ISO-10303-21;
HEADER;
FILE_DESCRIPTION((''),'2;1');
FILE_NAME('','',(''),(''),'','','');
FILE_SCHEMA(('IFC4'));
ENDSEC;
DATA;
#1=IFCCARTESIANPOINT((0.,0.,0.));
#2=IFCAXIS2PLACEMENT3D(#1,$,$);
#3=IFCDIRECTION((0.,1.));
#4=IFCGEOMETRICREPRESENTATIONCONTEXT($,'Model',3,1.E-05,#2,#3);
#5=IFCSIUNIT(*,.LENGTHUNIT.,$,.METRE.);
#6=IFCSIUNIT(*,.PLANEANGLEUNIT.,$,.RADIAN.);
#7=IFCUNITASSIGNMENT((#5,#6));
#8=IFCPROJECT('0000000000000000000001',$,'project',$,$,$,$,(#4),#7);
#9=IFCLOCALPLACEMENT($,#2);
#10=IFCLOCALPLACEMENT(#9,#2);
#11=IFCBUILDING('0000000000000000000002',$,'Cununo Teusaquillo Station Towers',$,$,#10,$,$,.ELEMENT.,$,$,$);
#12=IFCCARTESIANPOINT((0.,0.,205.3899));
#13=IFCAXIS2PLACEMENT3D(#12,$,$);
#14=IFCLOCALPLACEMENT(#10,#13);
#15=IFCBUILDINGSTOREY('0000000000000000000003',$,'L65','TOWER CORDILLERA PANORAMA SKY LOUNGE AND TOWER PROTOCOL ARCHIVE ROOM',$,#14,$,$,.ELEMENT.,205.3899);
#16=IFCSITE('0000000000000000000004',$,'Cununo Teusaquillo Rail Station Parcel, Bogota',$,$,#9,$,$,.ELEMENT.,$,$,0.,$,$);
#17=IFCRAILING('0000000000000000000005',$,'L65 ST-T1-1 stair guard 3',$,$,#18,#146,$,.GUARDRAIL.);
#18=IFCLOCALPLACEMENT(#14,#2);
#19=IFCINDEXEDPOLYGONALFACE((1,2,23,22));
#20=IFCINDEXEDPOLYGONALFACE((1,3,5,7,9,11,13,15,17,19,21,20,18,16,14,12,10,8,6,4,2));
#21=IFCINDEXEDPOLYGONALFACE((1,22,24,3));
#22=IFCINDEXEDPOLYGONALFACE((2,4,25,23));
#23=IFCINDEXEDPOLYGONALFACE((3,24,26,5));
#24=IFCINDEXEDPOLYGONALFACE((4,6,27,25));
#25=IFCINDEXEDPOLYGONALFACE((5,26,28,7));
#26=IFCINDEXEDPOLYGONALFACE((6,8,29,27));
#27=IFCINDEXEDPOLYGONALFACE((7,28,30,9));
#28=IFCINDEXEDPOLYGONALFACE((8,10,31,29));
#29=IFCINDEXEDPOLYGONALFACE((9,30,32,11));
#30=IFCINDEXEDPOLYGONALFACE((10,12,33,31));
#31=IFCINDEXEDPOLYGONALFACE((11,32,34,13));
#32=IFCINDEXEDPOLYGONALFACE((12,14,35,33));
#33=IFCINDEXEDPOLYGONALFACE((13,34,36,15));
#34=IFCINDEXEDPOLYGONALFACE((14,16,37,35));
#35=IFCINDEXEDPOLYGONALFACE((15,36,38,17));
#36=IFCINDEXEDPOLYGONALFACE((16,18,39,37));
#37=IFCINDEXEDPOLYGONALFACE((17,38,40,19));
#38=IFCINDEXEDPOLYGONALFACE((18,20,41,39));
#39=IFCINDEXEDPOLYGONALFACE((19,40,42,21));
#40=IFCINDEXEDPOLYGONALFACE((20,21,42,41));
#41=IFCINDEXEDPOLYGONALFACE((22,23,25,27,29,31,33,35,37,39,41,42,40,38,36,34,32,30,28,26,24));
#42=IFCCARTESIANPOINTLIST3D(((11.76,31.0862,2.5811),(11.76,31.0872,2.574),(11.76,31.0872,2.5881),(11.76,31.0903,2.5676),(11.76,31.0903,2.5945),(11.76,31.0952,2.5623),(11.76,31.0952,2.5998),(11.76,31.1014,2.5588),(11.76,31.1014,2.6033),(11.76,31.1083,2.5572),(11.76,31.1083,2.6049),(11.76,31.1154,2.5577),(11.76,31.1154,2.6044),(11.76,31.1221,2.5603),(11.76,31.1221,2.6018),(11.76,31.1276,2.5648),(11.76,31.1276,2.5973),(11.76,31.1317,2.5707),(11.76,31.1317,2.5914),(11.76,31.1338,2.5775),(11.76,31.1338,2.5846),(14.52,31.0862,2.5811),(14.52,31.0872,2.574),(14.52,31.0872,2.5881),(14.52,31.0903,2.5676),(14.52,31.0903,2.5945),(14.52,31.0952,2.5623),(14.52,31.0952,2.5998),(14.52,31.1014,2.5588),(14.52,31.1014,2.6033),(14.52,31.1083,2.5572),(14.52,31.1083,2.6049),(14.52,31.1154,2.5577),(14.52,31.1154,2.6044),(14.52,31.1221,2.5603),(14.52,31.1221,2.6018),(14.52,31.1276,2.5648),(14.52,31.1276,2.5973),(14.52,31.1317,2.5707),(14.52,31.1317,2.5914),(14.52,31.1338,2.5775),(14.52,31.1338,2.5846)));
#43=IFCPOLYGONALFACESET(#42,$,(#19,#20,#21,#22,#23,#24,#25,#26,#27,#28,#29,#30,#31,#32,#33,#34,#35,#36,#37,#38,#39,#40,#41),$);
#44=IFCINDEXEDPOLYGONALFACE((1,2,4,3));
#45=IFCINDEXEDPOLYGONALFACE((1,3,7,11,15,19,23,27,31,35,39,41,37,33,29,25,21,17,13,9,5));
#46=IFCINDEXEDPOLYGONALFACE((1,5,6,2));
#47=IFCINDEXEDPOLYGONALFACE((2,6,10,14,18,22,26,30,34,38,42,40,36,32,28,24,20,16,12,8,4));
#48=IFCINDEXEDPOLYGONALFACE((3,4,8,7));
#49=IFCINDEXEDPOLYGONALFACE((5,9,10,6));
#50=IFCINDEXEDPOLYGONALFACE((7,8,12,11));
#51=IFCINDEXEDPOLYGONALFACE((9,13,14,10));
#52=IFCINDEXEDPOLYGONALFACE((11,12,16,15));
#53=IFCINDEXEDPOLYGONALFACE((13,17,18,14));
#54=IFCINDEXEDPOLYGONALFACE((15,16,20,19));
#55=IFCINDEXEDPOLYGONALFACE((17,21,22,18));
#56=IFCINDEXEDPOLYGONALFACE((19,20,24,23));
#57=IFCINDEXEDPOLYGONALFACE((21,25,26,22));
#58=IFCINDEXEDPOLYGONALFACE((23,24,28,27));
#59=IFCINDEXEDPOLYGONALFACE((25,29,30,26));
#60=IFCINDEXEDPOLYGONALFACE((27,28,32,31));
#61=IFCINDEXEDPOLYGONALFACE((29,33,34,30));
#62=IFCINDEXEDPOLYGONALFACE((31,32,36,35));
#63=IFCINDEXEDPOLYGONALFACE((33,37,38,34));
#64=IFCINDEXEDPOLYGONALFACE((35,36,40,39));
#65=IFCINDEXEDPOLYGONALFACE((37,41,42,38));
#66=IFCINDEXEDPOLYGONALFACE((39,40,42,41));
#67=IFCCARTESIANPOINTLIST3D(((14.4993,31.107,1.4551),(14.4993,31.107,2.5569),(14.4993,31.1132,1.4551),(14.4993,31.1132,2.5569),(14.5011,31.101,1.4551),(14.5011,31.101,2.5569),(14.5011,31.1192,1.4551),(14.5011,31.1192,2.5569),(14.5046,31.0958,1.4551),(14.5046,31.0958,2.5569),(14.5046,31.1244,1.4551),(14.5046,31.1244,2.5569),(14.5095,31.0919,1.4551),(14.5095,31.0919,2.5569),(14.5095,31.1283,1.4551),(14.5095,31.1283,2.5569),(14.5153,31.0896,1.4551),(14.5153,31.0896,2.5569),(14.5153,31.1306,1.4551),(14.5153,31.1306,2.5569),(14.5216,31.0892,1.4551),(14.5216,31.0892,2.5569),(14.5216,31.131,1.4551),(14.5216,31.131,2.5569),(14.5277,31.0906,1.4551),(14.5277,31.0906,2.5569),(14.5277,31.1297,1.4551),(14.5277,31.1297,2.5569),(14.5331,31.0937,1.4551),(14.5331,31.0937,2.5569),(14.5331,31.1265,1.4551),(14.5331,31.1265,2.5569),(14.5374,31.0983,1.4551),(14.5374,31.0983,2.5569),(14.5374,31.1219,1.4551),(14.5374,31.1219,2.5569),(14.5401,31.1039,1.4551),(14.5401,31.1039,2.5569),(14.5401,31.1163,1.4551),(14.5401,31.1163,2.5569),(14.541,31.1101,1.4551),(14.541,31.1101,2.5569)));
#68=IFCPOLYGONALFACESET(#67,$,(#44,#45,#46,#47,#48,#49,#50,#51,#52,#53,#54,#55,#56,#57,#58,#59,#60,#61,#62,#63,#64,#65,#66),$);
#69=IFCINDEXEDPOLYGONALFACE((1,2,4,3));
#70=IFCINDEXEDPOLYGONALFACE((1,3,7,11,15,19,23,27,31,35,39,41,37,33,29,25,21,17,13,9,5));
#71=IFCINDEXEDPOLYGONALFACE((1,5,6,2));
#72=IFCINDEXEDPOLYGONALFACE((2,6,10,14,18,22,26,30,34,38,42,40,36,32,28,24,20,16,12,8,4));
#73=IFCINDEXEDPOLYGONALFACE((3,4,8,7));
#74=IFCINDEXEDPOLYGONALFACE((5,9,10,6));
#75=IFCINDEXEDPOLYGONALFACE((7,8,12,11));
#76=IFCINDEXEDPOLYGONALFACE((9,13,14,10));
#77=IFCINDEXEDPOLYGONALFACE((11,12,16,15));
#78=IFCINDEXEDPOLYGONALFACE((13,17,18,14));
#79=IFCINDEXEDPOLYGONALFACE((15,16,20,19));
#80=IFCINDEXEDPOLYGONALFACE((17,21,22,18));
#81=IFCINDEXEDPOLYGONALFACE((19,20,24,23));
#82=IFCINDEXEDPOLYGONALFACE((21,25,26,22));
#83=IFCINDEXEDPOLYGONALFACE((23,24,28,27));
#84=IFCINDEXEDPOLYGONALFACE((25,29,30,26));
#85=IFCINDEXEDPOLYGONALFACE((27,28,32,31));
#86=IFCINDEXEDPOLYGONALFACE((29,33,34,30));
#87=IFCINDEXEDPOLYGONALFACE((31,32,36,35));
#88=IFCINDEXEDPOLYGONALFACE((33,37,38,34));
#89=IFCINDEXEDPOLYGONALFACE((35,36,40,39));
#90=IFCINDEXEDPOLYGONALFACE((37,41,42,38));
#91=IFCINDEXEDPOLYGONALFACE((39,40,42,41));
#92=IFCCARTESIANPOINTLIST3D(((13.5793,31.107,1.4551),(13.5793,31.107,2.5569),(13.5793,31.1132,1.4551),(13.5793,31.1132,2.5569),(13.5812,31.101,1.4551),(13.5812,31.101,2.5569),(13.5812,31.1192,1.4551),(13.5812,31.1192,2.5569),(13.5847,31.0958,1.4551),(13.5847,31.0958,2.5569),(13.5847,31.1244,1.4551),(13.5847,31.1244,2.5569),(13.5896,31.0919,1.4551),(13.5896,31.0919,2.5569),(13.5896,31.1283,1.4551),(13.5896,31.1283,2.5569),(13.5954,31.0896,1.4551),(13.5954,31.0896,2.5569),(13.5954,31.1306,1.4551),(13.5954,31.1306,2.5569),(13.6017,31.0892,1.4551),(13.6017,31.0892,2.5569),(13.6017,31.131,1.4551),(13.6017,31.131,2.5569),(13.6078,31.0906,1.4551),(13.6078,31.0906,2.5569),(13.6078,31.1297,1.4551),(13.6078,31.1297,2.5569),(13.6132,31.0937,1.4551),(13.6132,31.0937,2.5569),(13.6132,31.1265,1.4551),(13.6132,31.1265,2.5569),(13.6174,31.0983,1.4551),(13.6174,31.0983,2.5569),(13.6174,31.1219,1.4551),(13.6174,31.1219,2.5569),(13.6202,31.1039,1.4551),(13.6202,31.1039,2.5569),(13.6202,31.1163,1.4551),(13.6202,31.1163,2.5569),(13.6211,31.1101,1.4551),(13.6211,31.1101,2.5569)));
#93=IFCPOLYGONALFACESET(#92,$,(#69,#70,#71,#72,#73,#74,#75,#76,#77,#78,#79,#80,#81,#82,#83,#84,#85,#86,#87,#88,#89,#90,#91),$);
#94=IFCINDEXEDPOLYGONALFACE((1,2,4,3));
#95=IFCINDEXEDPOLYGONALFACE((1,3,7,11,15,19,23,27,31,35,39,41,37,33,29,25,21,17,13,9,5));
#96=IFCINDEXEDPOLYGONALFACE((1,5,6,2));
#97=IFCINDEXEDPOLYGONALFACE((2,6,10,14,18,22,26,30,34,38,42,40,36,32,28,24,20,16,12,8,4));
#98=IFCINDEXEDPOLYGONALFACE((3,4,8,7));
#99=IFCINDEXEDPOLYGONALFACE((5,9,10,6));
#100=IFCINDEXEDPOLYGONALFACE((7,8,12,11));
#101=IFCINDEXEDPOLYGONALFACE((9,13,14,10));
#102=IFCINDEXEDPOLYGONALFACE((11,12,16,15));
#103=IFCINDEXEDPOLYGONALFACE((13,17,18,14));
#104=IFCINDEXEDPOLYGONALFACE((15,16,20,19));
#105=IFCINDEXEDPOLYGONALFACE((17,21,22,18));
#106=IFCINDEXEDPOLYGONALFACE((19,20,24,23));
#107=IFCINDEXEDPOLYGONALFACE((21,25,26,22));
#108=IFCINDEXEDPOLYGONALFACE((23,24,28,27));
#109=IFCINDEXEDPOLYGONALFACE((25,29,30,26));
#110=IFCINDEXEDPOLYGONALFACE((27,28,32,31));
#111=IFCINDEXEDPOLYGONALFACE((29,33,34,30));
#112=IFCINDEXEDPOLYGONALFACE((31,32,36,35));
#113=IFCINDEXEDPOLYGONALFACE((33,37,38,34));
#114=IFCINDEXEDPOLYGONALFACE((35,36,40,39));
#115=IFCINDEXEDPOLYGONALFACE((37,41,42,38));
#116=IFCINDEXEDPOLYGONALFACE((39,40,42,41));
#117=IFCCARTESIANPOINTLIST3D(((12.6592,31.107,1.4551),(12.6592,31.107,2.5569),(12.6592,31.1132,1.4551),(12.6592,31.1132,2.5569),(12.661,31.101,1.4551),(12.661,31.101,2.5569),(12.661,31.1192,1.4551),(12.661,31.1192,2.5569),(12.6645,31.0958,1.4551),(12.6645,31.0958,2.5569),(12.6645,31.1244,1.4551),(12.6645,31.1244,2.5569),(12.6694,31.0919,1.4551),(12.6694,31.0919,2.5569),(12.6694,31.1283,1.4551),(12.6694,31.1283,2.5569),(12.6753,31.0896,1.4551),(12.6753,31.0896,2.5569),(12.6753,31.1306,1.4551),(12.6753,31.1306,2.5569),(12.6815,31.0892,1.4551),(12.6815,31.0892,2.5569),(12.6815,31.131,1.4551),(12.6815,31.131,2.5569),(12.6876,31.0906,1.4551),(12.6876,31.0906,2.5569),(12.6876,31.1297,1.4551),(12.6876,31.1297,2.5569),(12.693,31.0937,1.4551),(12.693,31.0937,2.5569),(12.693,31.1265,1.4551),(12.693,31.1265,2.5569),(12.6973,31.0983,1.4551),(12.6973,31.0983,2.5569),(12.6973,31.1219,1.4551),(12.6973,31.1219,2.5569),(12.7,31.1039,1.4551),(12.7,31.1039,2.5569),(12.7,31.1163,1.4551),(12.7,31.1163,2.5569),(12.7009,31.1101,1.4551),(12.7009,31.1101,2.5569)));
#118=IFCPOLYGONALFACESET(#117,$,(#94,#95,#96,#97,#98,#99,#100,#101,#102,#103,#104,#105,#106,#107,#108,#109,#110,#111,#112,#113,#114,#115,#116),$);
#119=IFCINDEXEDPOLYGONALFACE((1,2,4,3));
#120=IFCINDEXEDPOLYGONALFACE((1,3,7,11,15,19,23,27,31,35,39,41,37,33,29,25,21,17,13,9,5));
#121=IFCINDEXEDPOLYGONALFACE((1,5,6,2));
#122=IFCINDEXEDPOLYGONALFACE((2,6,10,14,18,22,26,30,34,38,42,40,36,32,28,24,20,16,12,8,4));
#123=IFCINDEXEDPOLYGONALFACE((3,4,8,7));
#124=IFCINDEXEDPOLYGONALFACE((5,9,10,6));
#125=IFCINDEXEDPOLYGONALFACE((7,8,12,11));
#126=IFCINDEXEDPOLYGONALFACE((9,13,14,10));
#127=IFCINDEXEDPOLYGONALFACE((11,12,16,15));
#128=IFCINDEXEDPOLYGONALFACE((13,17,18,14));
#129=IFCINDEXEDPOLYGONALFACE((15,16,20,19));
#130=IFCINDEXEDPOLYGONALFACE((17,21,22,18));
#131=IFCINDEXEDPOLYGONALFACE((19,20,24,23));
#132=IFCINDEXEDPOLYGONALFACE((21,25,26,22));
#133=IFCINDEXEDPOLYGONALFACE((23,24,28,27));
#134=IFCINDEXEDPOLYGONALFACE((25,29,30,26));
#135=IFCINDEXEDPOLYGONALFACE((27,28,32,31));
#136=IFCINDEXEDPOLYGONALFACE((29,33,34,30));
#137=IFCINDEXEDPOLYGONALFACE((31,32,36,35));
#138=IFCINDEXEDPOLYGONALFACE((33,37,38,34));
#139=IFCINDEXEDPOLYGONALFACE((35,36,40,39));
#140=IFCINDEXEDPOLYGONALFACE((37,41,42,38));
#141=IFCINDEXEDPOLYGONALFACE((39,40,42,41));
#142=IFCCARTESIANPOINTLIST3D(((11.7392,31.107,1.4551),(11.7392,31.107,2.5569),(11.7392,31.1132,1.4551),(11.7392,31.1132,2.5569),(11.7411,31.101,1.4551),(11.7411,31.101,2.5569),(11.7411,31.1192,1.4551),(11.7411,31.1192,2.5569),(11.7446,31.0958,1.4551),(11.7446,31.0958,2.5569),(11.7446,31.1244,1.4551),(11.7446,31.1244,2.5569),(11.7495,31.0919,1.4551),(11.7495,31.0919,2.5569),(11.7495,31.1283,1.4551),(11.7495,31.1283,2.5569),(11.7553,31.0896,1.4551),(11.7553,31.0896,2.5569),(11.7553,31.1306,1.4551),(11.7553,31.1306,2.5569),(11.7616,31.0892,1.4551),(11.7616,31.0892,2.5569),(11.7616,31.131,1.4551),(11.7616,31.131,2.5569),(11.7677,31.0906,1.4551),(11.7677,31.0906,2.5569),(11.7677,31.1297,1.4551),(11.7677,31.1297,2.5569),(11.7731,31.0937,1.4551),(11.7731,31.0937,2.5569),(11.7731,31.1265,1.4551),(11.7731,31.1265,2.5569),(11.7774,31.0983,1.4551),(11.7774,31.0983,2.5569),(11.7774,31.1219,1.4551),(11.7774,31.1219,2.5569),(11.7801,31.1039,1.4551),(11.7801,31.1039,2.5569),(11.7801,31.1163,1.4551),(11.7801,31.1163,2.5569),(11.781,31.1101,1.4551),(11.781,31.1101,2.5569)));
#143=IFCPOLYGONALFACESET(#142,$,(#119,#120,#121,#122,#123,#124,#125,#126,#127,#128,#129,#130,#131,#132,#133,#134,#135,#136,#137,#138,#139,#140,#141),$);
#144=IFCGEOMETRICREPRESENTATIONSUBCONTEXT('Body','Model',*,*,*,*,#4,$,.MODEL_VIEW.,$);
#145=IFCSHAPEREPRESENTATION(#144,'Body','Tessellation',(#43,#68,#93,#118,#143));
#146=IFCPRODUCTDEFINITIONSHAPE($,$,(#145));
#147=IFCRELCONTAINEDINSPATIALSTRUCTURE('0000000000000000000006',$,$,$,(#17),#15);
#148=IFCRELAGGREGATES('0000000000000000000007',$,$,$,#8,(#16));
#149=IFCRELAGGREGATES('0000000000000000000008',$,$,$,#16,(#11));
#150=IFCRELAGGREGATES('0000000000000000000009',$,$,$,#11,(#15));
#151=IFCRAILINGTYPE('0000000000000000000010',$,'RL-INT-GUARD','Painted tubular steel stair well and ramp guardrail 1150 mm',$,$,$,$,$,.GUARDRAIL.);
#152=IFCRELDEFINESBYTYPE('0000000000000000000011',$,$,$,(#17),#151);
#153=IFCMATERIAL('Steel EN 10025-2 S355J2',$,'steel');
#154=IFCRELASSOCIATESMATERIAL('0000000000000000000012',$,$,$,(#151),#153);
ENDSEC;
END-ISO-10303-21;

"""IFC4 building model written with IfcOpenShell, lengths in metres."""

from ifc_helpers import new_model, si_unit, direction, frame, origin, origin_2d, place, context, subcontext, project, spatial, circle, extrude, material, type_object, element, save


model = new_model("IFC4")

# Units and contexts
model_context = context("Model", 3, precision=1e-05, world=origin(), true_north=direction((0.0, 1.0)))
body_context = subcontext(model_context, "Body", "Model", "MODEL_VIEW")
ifc_project = project(units=[si_unit("LENGTHUNIT", "METRE"), si_unit("PLANEANGLEUNIT", "RADIAN")], contexts=[model_context])

# Site, building, storey
site_placement = place(None, origin())
site = spatial("IfcSite", under=ifc_project, at=site_placement, Name="Cununo Teusaquillo Rail Station Parcel, Bogota", CompositionType="ELEMENT", RefElevation=0.0)
building_placement = place(site_placement, origin())
building = spatial("IfcBuilding", under=site, at=building_placement, Name="Cununo Teusaquillo Station Towers", CompositionType="ELEMENT")
storey_placement = place(building_placement, frame((0.0, 0.0, 205.3899)))
storey = spatial("IfcBuildingStorey", under=building, at=storey_placement, Name="L65", Description="TOWER CORDILLERA PANORAMA SKY LOUNGE AND TOWER PROTOCOL ARCHIVE ROOM", CompositionType="ELEMENT", Elevation=205.3899)

# Railing
ifc_material_1 = material(Name="Steel EN 10025-2 S355J2", Category="steel")
railing_type_1 = type_object("IfcRailingType", Name="RL-INT-GUARD", Description="Painted tubular steel stair well and ramp guardrail 1150 mm", PredefinedType="GUARDRAIL", material=ifc_material_1)
railing_1_placement = place(storey_placement, frame((14.52, 31.1101, 1.4551)))
element("IfcRailing", 1, at=railing_1_placement, inside=storey, type_object=railing_type_1, Name="L65 ST-T1-1 stair guard 3", PredefinedType="GUARDRAIL", context=body_context, shape_type="SweptSolid", body=[
    extrude(circle(Radius=0.0239, at=origin_2d()), frame((0.0, 0.0, 1.126), z_axis=(-1.0, 0.0, 0.0), x_axis=(0.0, -1.0, 0.0)), (0.0, 0.0, 1.0), 2.76),
    extrude(circle(Radius=0.021, at=origin_2d()), origin(), (0.0, 0.0, 1.0), 1.1018),
    extrude(circle(Radius=0.021, at=origin_2d()), frame((-0.9199, 0.0, 0.0)), (0.0, 0.0, 1.0), 1.1018),
    extrude(circle(Radius=0.021, at=origin_2d()), frame((-1.8401, 0.0, 0.0)), (0.0, 0.0, 1.0), 1.1018),
    extrude(circle(Radius=0.021, at=origin_2d()), frame((-2.76, 0.0, 0.0)), (0.0, 0.0, 1.0), 1.1018),
])

save(model, "model.ifc")
